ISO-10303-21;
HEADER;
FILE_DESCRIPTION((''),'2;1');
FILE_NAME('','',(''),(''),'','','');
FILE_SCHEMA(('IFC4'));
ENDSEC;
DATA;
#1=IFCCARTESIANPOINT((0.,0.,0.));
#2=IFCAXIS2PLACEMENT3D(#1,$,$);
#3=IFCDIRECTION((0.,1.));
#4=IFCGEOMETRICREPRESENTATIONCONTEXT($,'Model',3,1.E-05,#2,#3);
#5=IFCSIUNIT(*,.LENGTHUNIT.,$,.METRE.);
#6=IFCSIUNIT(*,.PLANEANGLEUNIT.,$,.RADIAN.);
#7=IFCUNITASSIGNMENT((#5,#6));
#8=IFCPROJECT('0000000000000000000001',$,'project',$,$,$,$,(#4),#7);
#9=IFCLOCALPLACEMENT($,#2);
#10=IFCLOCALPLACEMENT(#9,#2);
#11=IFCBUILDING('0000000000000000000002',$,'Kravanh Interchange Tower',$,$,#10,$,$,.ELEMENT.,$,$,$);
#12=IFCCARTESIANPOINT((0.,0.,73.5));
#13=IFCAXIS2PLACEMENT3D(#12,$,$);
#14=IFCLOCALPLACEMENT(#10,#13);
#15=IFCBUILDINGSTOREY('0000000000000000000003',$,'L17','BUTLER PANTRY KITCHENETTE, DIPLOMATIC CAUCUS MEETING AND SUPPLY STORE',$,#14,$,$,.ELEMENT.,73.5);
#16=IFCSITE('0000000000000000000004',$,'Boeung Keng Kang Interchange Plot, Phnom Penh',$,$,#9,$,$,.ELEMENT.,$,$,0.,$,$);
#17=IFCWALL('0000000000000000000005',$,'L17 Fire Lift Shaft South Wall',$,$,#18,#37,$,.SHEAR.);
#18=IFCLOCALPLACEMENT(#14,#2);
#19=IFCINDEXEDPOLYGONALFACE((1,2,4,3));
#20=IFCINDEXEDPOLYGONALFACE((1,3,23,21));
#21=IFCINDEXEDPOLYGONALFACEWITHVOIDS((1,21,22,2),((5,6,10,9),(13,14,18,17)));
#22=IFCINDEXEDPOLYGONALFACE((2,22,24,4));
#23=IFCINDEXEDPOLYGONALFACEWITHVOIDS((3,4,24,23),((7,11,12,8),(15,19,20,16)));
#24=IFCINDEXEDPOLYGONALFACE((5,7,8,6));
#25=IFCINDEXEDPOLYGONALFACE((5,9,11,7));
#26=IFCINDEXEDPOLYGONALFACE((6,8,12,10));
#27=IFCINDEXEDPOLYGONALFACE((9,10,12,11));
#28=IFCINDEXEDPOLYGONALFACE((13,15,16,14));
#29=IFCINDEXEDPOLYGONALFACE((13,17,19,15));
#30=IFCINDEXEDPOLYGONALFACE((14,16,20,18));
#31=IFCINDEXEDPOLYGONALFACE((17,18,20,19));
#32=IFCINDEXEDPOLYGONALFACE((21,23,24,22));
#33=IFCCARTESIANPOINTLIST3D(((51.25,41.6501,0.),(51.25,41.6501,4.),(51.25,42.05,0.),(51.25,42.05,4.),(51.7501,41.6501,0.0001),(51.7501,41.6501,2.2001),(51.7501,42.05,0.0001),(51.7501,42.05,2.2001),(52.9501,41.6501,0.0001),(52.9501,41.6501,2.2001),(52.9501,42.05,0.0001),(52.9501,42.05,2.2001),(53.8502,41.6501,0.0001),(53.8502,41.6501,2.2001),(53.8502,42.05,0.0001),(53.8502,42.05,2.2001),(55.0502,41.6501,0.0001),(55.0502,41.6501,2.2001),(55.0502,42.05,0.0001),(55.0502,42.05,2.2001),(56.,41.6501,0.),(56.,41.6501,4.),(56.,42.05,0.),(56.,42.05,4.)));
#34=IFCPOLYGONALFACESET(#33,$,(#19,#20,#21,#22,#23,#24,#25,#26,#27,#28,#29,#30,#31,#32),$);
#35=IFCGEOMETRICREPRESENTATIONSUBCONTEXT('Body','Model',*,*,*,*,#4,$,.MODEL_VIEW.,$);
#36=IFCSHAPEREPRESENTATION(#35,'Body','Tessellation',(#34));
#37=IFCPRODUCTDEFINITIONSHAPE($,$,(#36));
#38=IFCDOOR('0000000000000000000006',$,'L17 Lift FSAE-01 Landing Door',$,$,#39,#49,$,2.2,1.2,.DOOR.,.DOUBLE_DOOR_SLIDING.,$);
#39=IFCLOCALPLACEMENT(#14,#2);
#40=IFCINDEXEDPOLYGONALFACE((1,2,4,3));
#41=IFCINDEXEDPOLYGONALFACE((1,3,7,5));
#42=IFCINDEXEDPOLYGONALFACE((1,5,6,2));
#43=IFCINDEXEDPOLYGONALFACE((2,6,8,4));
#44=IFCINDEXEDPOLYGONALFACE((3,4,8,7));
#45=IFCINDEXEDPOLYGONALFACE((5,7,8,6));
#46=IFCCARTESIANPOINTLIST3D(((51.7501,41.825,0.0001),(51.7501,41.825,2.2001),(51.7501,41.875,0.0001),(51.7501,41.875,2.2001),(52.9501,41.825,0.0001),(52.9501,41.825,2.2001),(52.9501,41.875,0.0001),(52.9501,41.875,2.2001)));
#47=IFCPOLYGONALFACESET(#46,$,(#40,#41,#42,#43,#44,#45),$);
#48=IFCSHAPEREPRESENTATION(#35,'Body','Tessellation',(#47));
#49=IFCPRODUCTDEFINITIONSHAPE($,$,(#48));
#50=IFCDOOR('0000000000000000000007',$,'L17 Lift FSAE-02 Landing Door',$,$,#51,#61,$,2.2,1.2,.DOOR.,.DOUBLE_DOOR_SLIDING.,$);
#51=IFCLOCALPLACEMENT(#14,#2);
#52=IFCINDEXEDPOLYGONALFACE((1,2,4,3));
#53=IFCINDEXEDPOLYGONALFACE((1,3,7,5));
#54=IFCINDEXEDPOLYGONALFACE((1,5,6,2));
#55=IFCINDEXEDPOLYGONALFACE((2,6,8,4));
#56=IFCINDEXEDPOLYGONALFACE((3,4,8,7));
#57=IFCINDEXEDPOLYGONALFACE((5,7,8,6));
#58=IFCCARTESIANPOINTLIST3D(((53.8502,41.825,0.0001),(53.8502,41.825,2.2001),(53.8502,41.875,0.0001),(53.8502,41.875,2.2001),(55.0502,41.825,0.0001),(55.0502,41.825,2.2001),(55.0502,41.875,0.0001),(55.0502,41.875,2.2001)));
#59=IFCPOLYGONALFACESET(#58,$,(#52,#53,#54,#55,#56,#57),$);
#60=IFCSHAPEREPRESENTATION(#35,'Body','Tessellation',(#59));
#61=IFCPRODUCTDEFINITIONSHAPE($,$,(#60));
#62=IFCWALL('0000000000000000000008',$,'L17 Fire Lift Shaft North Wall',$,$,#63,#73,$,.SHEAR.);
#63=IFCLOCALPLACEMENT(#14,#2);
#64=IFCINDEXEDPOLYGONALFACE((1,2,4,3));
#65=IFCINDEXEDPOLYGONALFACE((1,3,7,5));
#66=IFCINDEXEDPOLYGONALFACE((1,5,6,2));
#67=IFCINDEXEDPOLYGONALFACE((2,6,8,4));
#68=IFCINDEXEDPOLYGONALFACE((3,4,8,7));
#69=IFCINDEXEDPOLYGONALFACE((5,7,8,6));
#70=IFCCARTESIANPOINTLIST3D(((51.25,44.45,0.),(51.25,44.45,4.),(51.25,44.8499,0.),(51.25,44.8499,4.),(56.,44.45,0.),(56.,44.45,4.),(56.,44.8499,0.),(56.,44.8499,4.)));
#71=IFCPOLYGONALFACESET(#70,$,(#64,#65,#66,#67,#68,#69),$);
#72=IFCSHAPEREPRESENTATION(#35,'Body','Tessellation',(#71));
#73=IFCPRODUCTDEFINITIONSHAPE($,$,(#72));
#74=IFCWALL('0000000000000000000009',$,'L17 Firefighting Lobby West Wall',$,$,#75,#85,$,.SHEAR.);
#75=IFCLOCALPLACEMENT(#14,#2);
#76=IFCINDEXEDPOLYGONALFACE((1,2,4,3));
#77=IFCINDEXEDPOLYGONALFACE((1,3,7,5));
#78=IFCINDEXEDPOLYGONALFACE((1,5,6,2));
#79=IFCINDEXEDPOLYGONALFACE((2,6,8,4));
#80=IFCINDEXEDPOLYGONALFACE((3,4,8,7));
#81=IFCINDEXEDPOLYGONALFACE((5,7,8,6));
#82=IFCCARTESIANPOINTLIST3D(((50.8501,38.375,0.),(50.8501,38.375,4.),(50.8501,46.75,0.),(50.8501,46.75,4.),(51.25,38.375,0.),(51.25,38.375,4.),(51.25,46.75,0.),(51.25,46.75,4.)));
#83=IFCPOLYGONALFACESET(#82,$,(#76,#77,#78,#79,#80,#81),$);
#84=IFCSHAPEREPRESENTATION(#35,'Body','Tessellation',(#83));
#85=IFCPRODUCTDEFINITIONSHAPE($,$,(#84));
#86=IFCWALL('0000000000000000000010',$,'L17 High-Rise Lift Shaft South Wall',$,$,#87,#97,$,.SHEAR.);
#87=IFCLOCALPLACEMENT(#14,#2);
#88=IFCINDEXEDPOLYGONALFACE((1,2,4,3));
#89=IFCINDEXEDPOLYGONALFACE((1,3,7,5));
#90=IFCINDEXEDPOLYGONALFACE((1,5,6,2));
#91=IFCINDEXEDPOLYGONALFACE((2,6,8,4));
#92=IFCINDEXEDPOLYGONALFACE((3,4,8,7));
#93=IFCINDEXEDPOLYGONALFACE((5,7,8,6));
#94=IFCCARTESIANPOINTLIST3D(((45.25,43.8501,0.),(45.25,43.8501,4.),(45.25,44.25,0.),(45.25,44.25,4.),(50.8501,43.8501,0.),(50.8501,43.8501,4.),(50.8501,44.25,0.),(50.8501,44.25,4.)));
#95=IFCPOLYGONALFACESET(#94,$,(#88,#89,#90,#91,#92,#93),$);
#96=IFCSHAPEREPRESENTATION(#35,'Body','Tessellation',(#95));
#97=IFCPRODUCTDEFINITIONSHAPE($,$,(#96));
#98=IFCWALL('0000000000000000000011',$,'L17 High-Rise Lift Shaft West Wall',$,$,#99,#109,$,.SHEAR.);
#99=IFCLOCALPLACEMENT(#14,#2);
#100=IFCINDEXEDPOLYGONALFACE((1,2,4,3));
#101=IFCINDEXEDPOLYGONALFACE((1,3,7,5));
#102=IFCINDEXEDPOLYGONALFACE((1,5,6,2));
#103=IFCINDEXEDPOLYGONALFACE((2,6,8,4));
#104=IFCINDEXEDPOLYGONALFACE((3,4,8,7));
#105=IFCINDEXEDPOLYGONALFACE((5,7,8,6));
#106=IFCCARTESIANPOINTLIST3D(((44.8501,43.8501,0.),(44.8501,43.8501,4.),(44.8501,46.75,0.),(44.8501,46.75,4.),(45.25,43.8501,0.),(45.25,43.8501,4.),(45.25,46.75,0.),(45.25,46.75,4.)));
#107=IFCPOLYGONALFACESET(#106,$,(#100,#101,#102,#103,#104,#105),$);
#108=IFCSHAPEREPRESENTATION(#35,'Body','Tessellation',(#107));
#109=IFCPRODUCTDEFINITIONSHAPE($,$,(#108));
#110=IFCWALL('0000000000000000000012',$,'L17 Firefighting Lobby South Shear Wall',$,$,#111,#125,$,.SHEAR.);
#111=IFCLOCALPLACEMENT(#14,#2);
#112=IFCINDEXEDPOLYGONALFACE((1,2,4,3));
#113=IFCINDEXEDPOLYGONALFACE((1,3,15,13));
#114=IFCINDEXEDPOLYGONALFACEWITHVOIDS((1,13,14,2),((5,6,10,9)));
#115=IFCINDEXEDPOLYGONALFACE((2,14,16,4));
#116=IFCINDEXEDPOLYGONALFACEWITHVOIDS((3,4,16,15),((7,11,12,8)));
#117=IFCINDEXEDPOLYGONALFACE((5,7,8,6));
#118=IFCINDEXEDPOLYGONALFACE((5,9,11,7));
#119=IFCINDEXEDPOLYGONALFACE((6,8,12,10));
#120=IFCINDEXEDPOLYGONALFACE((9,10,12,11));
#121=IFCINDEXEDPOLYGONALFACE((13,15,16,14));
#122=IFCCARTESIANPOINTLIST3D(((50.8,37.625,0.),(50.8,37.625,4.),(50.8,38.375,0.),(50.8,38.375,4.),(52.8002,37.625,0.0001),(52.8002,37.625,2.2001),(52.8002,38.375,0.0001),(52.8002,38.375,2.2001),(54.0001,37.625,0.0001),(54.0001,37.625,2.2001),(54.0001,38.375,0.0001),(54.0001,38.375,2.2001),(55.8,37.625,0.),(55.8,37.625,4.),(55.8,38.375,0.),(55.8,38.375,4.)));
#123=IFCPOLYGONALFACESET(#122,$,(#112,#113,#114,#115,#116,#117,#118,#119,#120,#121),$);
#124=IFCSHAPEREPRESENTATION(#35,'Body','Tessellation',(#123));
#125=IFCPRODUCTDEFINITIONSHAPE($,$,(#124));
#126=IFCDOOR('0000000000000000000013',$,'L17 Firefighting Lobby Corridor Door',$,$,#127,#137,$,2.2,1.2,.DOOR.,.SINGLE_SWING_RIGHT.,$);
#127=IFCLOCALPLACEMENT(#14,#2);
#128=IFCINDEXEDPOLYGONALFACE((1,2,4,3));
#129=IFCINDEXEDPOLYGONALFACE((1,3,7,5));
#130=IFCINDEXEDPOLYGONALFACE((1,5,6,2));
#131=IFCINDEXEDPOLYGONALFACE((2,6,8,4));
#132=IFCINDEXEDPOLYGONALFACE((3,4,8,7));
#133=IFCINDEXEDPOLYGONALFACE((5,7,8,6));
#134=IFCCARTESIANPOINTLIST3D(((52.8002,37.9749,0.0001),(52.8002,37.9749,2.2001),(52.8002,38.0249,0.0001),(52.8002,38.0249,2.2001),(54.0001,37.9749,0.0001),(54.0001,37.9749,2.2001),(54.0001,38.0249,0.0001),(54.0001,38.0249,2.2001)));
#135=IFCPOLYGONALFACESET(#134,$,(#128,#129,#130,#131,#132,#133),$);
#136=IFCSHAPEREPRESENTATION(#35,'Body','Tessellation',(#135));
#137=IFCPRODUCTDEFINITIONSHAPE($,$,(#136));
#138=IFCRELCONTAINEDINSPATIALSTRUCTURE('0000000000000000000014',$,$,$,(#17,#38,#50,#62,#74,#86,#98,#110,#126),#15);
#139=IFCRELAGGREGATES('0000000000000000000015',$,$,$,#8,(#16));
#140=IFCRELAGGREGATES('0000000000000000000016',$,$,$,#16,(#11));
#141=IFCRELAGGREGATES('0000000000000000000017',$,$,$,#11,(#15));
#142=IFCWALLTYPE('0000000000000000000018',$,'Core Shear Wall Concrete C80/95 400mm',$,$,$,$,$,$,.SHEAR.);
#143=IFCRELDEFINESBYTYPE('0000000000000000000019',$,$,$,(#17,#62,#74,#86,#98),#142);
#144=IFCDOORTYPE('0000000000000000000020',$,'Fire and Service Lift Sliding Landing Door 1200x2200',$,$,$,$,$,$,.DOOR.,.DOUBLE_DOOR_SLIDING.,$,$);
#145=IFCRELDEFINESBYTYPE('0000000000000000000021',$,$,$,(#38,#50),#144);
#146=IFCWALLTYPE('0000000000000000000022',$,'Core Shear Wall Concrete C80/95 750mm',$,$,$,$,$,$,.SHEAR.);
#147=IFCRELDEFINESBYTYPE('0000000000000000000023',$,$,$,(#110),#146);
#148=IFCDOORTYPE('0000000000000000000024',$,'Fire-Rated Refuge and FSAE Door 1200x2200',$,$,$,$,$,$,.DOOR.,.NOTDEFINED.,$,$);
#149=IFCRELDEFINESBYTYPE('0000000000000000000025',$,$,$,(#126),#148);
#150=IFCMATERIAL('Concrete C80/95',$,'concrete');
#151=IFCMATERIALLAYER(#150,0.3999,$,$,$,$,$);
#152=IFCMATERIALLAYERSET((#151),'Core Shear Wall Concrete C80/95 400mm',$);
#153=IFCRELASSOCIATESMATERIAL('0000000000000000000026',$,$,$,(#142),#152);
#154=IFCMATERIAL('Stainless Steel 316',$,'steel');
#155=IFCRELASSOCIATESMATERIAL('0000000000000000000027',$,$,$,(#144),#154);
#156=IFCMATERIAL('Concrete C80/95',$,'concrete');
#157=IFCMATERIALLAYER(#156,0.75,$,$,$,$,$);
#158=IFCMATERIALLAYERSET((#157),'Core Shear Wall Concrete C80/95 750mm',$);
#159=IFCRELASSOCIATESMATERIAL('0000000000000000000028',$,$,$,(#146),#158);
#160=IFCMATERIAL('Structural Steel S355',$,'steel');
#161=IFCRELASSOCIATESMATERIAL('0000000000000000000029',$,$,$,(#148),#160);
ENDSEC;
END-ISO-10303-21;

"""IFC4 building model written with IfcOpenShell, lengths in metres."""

from ifc_helpers import new_model, si_unit, direction, frame, frame_2d, origin, place, context, subcontext, project, spatial, rectangle, extrude, material, layer, layer_set, type_object, element, fill, save


model = new_model("IFC4")

# Units and contexts
model_context = context("Model", 3, precision=1e-05, world=origin(), true_north=direction((0.0, 1.0)))
body_context = subcontext(model_context, "Body", "Model", "MODEL_VIEW")
ifc_project = project(units=[si_unit("LENGTHUNIT", "METRE"), si_unit("PLANEANGLEUNIT", "RADIAN")], contexts=[model_context])

# Site, building, storey
site_placement = place(None, origin())
site = spatial("IfcSite", under=ifc_project, at=site_placement, Name="Boeung Keng Kang Interchange Plot, Phnom Penh", CompositionType="ELEMENT", RefElevation=0.0)
building_placement = place(site_placement, origin())
building = spatial("IfcBuilding", under=site, at=building_placement, Name="Kravanh Interchange Tower", CompositionType="ELEMENT")
storey_placement = place(building_placement, frame((0.0, 0.0, 73.5)))
storey = spatial("IfcBuildingStorey", under=building, at=storey_placement, Name="L17", Description="BUTLER PANTRY KITCHENETTE, DIPLOMATIC CAUCUS MEETING AND SUPPLY STORE", CompositionType="ELEMENT", Elevation=73.5)

# Wall, openings, doors
ifc_material_1 = material(Name="Concrete C80/95", Category="concrete")
ifc_layer_1 = layer(ifc_material_1, 0.3999)
ifc_layer_set_1 = layer_set([ifc_layer_1], Name="Core Shear Wall Concrete C80/95 400mm")
wall_type_1 = type_object("IfcWallType", Name="Core Shear Wall Concrete C80/95 400mm", PredefinedType="SHEAR", material=ifc_layer_set_1)
wall_1_placement = place(storey_placement, frame((51.25, 41.8501, 0.0), z_axis=(0.0, 0.0, 1.0), x_axis=(1.0, 0.0, 0.0)))
wall_1 = element("IfcWall", 1, at=wall_1_placement, inside=storey, type_object=wall_type_1, Name="L17 Fire Lift Shaft South Wall", PredefinedType="SHEAR", context=body_context, shape_type="SweptSolid", body=[
    extrude(rectangle(XDim=4.75, YDim=0.3999, at=frame_2d((2.375, 0.0))), origin(), (0.0, 0.0, 1.0), 4.0),
])
opening_1_placement = place(wall_1_placement, frame((0.5, 0.0, 0.0)))
opening_1 = element("IfcOpeningElement", 2, at=opening_1_placement, cuts=wall_1, PredefinedType="OPENING", context=body_context, shape_type="SweptSolid", body=[
    extrude(rectangle(XDim=1.2, YDim=2.2, at=frame_2d((0.6001, 1.1001))), frame((0.0, 0.21, 0.0), z_axis=(0.0, -1.0, 0.0), x_axis=(1.0, 0.0, 0.0)), (0.0, 0.0, 1.0), 0.4199),
])
opening_2_placement = place(wall_1_placement, frame((2.6001, 0.0, 0.0)))
opening_2 = element("IfcOpeningElement", 3, at=opening_2_placement, cuts=wall_1, PredefinedType="OPENING", context=body_context, shape_type="SweptSolid", body=[
    extrude(rectangle(XDim=1.2, YDim=2.2, at=frame_2d((0.6001, 1.1001))), frame((0.0, 0.21, 0.0), z_axis=(0.0, -1.0, 0.0), x_axis=(1.0, 0.0, 0.0)), (0.0, 0.0, 1.0), 0.4199),
])
ifc_material_2 = material(Name="Stainless Steel 316", Category="steel")
door_type_1 = type_object("IfcDoorType", Name="Fire and Service Lift Sliding Landing Door 1200x2200", OperationType="DOUBLE_DOOR_SLIDING", PredefinedType="DOOR", material=ifc_material_2)
door_1_placement = place(opening_1_placement, origin())
door_1 = element("IfcDoor", 4, at=door_1_placement, inside=storey, type_object=door_type_1, Name="L17 Lift FSAE-01 Landing Door", OperationType="DOUBLE_DOOR_SLIDING", OverallHeight=2.2, OverallWidth=1.2, PredefinedType="DOOR", context=body_context, shape_type="SweptSolid", body=[
    extrude(rectangle(XDim=1.2, YDim=2.2, at=frame_2d((0.6001, 1.1001))), frame((0.0, 0.0249, 0.0), z_axis=(0.0, -1.0, 0.0), x_axis=(1.0, 0.0, 0.0)), (0.0, 0.0, 1.0), 0.05),
])
fill(opening_1, door_1)
door_2_placement = place(opening_2_placement, origin())
door_2 = element("IfcDoor", 5, at=door_2_placement, inside=storey, type_object=door_type_1, Name="L17 Lift FSAE-02 Landing Door", OperationType="DOUBLE_DOOR_SLIDING", OverallHeight=2.2, OverallWidth=1.2, PredefinedType="DOOR", context=body_context, shape_type="SweptSolid", body=[
    extrude(rectangle(XDim=1.2, YDim=2.2, at=frame_2d((0.6001, 1.1001))), frame((0.0, 0.0249, 0.0), z_axis=(0.0, -1.0, 0.0), x_axis=(1.0, 0.0, 0.0)), (0.0, 0.0, 1.0), 0.05),
])
fill(opening_2, door_2)

# Walls
wall_2_placement = place(storey_placement, frame((51.25, 44.6499, 0.0), z_axis=(0.0, 0.0, 1.0), x_axis=(1.0, 0.0, 0.0)))
element("IfcWall", 6, at=wall_2_placement, inside=storey, type_object=wall_type_1, Name="L17 Fire Lift Shaft North Wall", PredefinedType="SHEAR", context=body_context, shape_type="SweptSolid", body=[
    extrude(rectangle(XDim=4.75, YDim=0.3999, at=frame_2d((2.375, 0.0))), origin(), (0.0, 0.0, 1.0), 4.0),
])
wall_3_placement = place(storey_placement, frame((51.05, 38.375, 0.0), z_axis=(0.0, 0.0, 1.0), x_axis=(0.0, 1.0, 0.0)))
element("IfcWall", 7, at=wall_3_placement, inside=storey, type_object=wall_type_1, Name="L17 Firefighting Lobby West Wall", PredefinedType="SHEAR", context=body_context, shape_type="SweptSolid", body=[
    extrude(rectangle(XDim=8.375, YDim=0.3999, at=frame_2d((4.1875, 0.0))), origin(), (0.0, 0.0, 1.0), 4.0),
])
wall_4_placement = place(storey_placement, frame((45.25, 44.05, 0.0), z_axis=(0.0, 0.0, 1.0), x_axis=(1.0, 0.0, 0.0)))
element("IfcWall", 8, at=wall_4_placement, inside=storey, type_object=wall_type_1, Name="L17 High-Rise Lift Shaft South Wall", PredefinedType="SHEAR", context=body_context, shape_type="SweptSolid", body=[
    extrude(rectangle(XDim=5.6001, YDim=0.3999, at=frame_2d((2.8, 0.0))), origin(), (0.0, 0.0, 1.0), 4.0),
])
wall_5_placement = place(storey_placement, frame((45.05, 43.8501, 0.0), z_axis=(0.0, 0.0, 1.0), x_axis=(0.0, 1.0, 0.0)))
element("IfcWall", 9, at=wall_5_placement, inside=storey, type_object=wall_type_1, Name="L17 High-Rise Lift Shaft West Wall", PredefinedType="SHEAR", context=body_context, shape_type="SweptSolid", body=[
    extrude(rectangle(XDim=2.8999, YDim=0.3999, at=frame_2d((1.45, 0.0))), origin(), (0.0, 0.0, 1.0), 4.0),
])

# Shared definitions
ifc_material_3 = material(Name="Concrete C80/95", Category="concrete")
ifc_layer_2 = layer(ifc_material_3, 0.75)
ifc_layer_set_2 = layer_set([ifc_layer_2], Name="Core Shear Wall Concrete C80/95 750mm")
wall_type_2 = type_object("IfcWallType", Name="Core Shear Wall Concrete C80/95 750mm", PredefinedType="SHEAR", material=ifc_layer_set_2)

# Wall, opening, door
wall_6_placement = place(storey_placement, frame((50.8, 38.0, 0.0), z_axis=(0.0, 0.0, 1.0), x_axis=(1.0, 0.0, 0.0)))
wall_6 = element("IfcWall", 10, at=wall_6_placement, inside=storey, type_object=wall_type_2, Name="L17 Firefighting Lobby South Shear Wall", PredefinedType="SHEAR", context=body_context, shape_type="SweptSolid", body=[
    extrude(rectangle(XDim=5.0, YDim=0.75, at=frame_2d((2.5, 0.0))), origin(), (0.0, 0.0, 1.0), 4.0),
])
opening_3_placement = place(wall_6_placement, frame((2.0, 0.0, 0.0)))
opening_3 = element("IfcOpeningElement", 11, at=opening_3_placement, cuts=wall_6, PredefinedType="OPENING", context=body_context, shape_type="SweptSolid", body=[
    extrude(rectangle(XDim=1.2, YDim=2.2, at=frame_2d((0.6001, 1.1001))), frame((0.0, 0.385, 0.0), z_axis=(0.0, -1.0, 0.0), x_axis=(1.0, 0.0, 0.0)), (0.0, 0.0, 1.0), 0.77),
])
ifc_material_4 = material(Name="Structural Steel S355", Category="steel")
door_type_2 = type_object("IfcDoorType", Name="Fire-Rated Refuge and FSAE Door 1200x2200", OperationType="NOTDEFINED", PredefinedType="DOOR", material=ifc_material_4)
door_3_placement = place(opening_3_placement, origin())
door_3 = element("IfcDoor", 12, at=door_3_placement, inside=storey, type_object=door_type_2, Name="L17 Firefighting Lobby Corridor Door", OperationType="SINGLE_SWING_RIGHT", OverallHeight=2.2, OverallWidth=1.2, PredefinedType="DOOR", context=body_context, shape_type="SweptSolid", body=[
    extrude(rectangle(XDim=1.2, YDim=2.2, at=frame_2d((0.6001, 1.1001))), frame((0.0, 0.0249, 0.0), z_axis=(0.0, -1.0, 0.0), x_axis=(1.0, 0.0, 0.0)), (0.0, 0.0, 1.0), 0.05),
])
fill(opening_3, door_3)

save(model, "model.ifc")
